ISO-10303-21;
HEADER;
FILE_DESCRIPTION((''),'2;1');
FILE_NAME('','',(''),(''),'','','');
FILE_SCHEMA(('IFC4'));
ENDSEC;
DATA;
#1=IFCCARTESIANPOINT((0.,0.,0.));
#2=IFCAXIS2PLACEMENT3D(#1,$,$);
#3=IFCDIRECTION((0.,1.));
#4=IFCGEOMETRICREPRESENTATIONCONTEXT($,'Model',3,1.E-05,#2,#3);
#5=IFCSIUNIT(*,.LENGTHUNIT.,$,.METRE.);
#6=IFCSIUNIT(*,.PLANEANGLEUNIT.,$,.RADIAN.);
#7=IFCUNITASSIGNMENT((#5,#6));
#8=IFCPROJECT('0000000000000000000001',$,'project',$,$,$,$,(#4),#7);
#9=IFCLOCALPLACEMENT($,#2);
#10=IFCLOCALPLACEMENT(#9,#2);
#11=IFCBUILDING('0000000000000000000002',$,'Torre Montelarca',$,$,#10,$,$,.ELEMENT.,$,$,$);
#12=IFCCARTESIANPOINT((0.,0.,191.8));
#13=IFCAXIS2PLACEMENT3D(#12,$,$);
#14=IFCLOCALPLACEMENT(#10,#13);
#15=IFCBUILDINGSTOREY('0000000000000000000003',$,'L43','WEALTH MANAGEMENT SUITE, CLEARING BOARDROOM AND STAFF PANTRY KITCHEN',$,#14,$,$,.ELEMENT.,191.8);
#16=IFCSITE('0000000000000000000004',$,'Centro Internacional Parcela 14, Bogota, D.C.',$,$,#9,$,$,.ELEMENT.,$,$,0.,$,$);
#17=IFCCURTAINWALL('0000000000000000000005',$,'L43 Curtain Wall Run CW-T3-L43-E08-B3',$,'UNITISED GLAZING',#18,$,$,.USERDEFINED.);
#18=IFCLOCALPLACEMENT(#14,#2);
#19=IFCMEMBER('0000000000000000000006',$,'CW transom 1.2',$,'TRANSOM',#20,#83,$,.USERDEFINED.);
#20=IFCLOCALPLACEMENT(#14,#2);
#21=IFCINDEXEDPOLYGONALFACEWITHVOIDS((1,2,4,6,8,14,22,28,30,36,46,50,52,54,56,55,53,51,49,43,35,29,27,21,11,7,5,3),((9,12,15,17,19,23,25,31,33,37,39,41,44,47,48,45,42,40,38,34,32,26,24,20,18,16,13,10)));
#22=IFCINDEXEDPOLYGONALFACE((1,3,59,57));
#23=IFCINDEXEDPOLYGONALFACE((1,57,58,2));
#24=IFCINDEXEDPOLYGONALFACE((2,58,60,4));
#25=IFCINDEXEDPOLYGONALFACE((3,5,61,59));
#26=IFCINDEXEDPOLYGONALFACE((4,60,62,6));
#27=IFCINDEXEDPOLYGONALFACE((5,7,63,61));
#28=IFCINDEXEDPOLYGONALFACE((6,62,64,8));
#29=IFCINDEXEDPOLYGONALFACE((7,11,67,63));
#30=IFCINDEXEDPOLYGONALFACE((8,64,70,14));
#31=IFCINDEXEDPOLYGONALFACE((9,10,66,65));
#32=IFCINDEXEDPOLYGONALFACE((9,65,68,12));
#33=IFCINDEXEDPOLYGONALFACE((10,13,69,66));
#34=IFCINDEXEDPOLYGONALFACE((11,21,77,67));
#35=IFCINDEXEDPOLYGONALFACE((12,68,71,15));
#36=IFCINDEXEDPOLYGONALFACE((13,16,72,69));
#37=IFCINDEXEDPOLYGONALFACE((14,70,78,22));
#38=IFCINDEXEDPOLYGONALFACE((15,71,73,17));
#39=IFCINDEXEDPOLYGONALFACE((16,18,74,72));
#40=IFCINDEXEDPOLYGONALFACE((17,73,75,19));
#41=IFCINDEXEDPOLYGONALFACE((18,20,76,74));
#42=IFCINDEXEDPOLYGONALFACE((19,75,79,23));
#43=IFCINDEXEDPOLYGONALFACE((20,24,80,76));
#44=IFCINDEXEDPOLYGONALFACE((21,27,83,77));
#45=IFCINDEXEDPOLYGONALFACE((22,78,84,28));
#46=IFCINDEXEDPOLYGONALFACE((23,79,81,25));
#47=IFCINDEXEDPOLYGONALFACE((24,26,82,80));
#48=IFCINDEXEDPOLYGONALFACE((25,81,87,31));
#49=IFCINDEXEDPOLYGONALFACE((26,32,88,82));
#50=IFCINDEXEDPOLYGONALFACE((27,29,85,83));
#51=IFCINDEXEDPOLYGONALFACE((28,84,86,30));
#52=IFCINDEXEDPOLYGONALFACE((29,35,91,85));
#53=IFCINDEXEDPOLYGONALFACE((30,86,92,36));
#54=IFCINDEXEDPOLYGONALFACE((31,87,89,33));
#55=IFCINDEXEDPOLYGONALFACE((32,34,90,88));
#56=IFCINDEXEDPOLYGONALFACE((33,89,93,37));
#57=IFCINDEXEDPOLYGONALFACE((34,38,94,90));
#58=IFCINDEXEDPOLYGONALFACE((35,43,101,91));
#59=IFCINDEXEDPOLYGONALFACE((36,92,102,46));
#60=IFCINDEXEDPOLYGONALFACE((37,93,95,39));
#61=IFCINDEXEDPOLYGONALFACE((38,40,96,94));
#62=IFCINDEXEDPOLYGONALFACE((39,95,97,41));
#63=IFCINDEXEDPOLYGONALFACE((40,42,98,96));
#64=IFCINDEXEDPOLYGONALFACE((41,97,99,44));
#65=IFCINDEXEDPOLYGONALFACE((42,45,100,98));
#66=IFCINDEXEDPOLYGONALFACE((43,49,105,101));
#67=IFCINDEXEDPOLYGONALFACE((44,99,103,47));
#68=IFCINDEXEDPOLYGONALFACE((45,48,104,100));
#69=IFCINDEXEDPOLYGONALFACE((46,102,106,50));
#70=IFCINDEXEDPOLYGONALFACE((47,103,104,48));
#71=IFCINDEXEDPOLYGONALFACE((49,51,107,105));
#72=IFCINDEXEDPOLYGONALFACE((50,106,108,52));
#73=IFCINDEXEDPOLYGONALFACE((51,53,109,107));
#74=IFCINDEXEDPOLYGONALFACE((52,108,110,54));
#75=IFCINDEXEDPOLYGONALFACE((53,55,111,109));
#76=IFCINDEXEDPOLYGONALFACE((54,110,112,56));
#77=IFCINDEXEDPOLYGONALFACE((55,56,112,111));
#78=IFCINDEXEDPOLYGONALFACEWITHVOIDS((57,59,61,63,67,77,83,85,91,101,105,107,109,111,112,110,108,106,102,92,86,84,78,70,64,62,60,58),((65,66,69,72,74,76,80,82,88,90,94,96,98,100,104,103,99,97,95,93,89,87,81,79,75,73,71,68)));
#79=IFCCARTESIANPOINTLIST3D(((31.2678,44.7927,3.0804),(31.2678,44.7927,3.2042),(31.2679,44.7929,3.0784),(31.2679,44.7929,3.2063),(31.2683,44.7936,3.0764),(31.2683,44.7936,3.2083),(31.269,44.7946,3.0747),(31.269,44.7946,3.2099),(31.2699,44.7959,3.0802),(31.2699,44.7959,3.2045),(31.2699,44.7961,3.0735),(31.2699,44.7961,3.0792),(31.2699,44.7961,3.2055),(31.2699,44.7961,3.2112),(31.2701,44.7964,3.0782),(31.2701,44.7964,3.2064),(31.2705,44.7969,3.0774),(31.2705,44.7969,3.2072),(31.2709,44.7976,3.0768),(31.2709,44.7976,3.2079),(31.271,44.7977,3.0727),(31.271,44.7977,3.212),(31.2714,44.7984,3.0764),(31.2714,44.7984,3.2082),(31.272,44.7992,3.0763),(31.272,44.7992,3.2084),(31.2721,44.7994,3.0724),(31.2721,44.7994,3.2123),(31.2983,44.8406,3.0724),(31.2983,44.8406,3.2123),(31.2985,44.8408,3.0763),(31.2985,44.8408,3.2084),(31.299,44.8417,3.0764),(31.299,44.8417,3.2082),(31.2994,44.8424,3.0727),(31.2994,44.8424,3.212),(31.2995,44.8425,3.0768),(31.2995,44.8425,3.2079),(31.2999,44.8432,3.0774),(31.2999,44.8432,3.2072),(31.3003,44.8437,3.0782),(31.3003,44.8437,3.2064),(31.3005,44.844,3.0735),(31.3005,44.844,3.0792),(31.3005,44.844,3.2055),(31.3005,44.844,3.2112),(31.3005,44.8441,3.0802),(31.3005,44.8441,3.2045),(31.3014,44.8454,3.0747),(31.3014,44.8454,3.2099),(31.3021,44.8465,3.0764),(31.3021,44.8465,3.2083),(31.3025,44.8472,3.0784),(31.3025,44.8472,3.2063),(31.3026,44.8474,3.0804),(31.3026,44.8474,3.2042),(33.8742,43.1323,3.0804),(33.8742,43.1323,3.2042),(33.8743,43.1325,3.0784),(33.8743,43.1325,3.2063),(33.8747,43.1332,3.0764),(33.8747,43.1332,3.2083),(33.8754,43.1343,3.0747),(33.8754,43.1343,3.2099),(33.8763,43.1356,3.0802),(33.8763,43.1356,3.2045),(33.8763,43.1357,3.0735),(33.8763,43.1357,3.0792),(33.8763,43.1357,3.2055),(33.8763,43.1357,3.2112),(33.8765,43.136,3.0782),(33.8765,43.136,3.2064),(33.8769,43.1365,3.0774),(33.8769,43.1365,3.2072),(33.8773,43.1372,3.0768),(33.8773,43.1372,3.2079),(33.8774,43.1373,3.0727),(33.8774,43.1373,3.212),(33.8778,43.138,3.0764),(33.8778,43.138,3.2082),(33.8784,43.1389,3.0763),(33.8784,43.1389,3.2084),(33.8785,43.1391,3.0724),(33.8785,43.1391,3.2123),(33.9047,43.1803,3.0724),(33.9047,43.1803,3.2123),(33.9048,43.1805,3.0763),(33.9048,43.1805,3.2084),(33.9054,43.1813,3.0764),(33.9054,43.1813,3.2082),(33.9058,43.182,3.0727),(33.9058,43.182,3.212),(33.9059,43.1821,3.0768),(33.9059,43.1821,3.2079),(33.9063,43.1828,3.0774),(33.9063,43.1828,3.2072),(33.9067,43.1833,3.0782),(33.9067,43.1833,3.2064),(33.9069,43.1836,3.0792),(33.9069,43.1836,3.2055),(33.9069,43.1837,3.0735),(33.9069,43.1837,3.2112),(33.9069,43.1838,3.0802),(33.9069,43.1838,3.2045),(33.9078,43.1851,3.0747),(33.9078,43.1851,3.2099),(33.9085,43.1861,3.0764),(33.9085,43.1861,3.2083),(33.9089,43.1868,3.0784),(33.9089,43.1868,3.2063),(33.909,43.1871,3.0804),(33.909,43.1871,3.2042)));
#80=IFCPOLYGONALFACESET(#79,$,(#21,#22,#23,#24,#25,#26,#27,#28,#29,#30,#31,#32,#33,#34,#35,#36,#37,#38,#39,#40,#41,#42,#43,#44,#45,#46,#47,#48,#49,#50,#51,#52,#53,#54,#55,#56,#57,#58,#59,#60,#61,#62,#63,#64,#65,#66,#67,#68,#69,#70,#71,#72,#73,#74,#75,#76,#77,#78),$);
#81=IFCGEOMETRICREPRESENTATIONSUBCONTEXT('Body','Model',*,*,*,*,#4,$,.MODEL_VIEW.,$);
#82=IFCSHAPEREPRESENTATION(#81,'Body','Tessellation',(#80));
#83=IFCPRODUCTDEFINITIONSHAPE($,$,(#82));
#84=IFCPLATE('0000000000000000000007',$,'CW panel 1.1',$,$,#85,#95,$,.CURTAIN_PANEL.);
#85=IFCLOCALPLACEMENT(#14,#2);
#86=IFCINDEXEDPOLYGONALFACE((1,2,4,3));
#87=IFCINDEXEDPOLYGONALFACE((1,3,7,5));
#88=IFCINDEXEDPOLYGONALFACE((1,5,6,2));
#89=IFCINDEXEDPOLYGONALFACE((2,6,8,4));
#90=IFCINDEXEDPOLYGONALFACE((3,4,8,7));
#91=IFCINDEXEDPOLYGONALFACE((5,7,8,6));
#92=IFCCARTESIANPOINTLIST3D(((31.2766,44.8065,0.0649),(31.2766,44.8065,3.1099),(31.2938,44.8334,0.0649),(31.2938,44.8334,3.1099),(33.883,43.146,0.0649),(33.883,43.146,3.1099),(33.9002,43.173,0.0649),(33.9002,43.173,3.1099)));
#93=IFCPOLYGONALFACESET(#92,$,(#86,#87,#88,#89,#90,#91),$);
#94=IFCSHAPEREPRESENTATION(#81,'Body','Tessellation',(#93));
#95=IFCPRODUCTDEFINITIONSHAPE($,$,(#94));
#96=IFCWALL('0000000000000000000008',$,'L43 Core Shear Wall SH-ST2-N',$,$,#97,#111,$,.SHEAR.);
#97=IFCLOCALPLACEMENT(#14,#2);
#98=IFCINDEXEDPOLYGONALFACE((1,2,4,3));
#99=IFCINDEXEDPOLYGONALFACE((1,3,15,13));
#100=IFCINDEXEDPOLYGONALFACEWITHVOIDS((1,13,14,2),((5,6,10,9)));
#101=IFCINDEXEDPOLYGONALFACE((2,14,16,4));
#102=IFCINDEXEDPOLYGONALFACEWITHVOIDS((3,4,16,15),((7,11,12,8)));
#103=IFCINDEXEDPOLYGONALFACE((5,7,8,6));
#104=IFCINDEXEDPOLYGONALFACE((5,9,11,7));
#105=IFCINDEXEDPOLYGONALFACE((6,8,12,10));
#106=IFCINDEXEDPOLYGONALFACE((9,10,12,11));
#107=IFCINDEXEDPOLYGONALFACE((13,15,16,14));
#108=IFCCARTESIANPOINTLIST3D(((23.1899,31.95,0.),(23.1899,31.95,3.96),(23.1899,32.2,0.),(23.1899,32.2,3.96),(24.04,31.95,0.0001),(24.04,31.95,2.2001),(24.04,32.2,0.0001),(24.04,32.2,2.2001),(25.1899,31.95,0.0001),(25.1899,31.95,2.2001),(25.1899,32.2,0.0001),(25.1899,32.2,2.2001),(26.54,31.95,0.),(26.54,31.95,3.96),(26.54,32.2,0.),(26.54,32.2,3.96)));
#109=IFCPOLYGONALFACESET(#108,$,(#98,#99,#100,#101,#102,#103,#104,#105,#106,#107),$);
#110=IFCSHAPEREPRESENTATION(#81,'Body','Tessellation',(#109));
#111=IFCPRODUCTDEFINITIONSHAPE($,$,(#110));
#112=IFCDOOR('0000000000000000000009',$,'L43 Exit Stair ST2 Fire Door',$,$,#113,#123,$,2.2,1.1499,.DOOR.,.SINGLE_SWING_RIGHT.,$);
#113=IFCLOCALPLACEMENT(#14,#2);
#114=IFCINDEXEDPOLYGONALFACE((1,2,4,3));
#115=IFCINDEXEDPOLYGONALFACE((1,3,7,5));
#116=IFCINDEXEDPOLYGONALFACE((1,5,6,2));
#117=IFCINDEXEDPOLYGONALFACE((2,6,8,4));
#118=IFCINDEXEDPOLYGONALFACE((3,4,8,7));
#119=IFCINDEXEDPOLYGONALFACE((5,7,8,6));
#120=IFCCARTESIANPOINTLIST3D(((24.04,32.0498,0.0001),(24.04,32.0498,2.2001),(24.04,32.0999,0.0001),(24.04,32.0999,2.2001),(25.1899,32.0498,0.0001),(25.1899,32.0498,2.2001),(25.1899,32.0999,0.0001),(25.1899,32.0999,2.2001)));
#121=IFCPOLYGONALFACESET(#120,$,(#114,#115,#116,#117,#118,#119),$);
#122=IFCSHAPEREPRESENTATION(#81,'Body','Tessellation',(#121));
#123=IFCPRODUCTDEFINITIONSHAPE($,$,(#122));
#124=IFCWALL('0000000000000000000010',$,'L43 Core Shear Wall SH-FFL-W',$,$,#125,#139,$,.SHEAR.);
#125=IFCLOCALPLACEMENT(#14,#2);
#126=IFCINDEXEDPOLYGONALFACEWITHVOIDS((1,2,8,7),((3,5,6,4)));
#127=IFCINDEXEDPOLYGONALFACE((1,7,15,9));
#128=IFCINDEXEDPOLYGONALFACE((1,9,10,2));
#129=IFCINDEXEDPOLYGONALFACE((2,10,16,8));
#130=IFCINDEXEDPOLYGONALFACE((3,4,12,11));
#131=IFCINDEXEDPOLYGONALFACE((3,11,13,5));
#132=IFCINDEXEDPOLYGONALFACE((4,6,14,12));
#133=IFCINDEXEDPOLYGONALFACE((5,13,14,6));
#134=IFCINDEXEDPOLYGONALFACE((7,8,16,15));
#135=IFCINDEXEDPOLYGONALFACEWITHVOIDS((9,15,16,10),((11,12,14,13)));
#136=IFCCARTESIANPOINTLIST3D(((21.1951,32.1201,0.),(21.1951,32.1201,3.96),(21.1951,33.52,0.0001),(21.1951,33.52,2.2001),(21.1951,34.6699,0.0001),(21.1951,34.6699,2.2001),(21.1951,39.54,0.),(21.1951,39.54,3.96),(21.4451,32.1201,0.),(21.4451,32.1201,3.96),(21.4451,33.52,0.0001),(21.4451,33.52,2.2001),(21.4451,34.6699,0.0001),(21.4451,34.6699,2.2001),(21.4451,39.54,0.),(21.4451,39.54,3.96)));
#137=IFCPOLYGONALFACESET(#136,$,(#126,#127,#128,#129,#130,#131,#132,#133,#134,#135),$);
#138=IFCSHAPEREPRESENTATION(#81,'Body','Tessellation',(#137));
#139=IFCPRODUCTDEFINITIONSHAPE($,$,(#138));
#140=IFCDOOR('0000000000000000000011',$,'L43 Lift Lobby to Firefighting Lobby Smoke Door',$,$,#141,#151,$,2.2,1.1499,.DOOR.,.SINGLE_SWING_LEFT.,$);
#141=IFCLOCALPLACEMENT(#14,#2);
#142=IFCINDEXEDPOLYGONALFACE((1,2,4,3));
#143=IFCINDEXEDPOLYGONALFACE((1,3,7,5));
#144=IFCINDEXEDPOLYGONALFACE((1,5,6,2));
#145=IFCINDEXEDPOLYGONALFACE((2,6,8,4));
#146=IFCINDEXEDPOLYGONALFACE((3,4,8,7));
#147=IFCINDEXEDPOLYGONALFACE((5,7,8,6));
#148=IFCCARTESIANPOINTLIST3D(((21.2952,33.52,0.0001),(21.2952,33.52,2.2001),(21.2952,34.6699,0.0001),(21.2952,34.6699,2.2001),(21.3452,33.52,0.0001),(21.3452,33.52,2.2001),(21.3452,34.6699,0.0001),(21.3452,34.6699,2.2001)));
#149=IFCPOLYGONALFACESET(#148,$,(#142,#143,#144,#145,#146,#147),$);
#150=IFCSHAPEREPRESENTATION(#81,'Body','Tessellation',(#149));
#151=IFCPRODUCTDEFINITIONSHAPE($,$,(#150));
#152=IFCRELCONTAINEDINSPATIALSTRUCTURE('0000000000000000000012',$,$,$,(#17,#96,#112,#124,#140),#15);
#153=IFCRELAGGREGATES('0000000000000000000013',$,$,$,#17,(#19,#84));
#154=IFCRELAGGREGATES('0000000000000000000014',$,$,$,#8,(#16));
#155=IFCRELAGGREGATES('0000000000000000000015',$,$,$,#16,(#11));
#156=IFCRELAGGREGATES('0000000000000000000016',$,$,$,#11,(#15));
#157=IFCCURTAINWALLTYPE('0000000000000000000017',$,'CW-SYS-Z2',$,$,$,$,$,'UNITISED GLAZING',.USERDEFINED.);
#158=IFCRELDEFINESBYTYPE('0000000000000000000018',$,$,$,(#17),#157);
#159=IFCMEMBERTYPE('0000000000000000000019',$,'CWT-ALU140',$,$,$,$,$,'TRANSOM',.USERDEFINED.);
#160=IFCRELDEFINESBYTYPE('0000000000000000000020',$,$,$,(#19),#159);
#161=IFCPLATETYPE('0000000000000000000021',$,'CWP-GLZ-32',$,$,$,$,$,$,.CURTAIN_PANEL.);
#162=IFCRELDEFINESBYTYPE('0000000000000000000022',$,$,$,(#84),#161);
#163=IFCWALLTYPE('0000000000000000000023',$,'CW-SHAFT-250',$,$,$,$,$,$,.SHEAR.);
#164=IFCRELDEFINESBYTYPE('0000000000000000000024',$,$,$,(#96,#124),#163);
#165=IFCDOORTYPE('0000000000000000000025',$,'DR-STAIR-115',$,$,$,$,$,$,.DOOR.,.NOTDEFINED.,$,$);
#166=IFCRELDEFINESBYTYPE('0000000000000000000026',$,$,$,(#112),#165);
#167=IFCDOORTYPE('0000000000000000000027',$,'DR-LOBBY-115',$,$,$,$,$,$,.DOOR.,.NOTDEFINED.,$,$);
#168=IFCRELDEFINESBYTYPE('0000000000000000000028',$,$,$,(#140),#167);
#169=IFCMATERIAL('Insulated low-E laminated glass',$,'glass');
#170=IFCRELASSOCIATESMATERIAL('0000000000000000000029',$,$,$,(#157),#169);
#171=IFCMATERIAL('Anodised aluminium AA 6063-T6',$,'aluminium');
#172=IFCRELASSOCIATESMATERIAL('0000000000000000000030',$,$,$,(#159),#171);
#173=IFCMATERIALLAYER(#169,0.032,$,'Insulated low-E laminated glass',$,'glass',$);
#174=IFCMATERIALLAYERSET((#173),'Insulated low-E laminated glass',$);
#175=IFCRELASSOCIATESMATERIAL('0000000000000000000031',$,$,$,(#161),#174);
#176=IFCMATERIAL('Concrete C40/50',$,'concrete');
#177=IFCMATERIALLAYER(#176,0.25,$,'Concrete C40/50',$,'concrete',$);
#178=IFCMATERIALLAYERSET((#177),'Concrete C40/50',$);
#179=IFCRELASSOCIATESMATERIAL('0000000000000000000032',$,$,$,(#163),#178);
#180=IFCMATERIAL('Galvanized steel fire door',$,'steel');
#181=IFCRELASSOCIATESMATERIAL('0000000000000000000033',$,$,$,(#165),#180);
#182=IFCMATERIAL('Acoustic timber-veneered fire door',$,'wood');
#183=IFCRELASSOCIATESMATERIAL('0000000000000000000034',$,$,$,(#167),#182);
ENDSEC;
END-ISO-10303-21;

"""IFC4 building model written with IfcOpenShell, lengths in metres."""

from ifc_helpers import new_model, si_unit, direction, frame, frame_2d, origin, origin_2d, place, context, subcontext, project, spatial, rectangle, hollow_rectangle, extrude, source, transform, mapped, material, layer, layer_set, material_profile, profile_set, type_object, element, fill, aggregate, save


model = new_model("IFC4")

# Units and contexts
model_context = context("Model", 3, precision=1e-05, world=origin(), true_north=direction((0.0, 1.0)))
body_context = subcontext(model_context, "Body", "Model", "MODEL_VIEW")
ifc_project = project(units=[si_unit("LENGTHUNIT", "METRE"), si_unit("PLANEANGLEUNIT", "RADIAN")], contexts=[model_context])

# Site, building, storey
site_placement = place(None, origin())
site = spatial("IfcSite", under=ifc_project, at=site_placement, Name="Centro Internacional Parcela 14, Bogota, D.C.", CompositionType="ELEMENT", RefElevation=0.0)
building_placement = place(site_placement, origin())
building = spatial("IfcBuilding", under=site, at=building_placement, Name="Torre Montelarca", CompositionType="ELEMENT")
storey_placement = place(building_placement, frame((0.0, 0.0, 191.8)))
storey = spatial("IfcBuildingStorey", under=building, at=storey_placement, Name="L43", Description="WEALTH MANAGEMENT SUITE, CLEARING BOARDROOM AND STAFF PANTRY KITCHEN", CompositionType="ELEMENT", Elevation=191.8)

# Curtain wall, member, plate
ifc_material_1 = material(Name="Insulated low-E laminated glass", Category="glass")
curtain_wall_type = type_object("IfcCurtainWallType", Name="CW-SYS-Z2", ElementType="UNITISED GLAZING", PredefinedType="USERDEFINED", material=ifc_material_1)
curtain_wall_placement = place(storey_placement, origin())
curtain_wall = element("IfcCurtainWall", 1, at=curtain_wall_placement, inside=storey, type_object=curtain_wall_type, Name="L43 Curtain Wall Run CW-T3-L43-E08-B3", ObjectType="UNITISED GLAZING", PredefinedType="USERDEFINED")
ifc_material_2 = material(Name="Anodised aluminium AA 6063-T6", Category="aluminium")
ifc_material_profile_1 = material_profile(ifc_material_2, hollow_rectangle(XDim=0.0649, YDim=0.1399, WallThickness=0.0039, InnerFilletRadius=0.0039, OuterFilletRadius=0.0081, at=origin_2d()), Name="ALU65X140X4", Category="aluminium")
ifc_profile_set_1 = profile_set([ifc_material_profile_1], Name="Anodised aluminium AA 6063-T6")
member_type_1 = type_object("IfcMemberType", Name="CWT-ALU140", ElementType="TRANSOM", PredefinedType="USERDEFINED", material=ifc_profile_set_1)
shared_shape_1 = source(origin(), body_context, "Body", "SweptSolid", [
    extrude(hollow_rectangle(XDim=0.0649, YDim=0.1399, WallThickness=0.0039, InnerFilletRadius=0.0039, OuterFilletRadius=0.0081, at=origin_2d()), origin(), (0.0, 0.0, 1.0), 3.0903),
])
member_1_placement = place(storey_placement, frame((33.8916, 43.1597, 3.1423), z_axis=(-0.843404, 0.537279, 0.0), x_axis=(-0.537279, -0.843404, 0.0)))
member_1 = element("IfcMember", 2, at=member_1_placement, type_object=member_type_1, Name="CW transom 1.2", ObjectType="TRANSOM", PredefinedType="USERDEFINED", context=body_context, shape_type="MappedRepresentation", body=[
    mapped(shared_shape_1, transform((0.0, 0.0, 0.0), scale=1.0)),
])
ifc_layer_1 = layer(ifc_material_1, 0.032, Name="Insulated low-E laminated glass", Category="glass")
ifc_layer_set_1 = layer_set([ifc_layer_1], Name="Insulated low-E laminated glass")
plate_type = type_object("IfcPlateType", Name="CWP-GLZ-32", PredefinedType="CURTAIN_PANEL", material=ifc_layer_set_1)
shared_shape_2 = source(origin(), body_context, "Body", "SweptSolid", [
    extrude(rectangle(XDim=3.0903, YDim=0.032, at=origin_2d()), origin(), (0.0, 0.0, 1.0), 3.0449),
])
plate_placement = place(storey_placement, frame((32.5884, 43.9897, 0.0649), z_axis=(0.0, 0.0, 1.0), x_axis=(-0.843393, 0.537298, 0.0)))
plate = element("IfcPlate", 3, at=plate_placement, type_object=plate_type, Name="CW panel 1.1", PredefinedType="CURTAIN_PANEL", context=body_context, shape_type="MappedRepresentation", body=[
    mapped(shared_shape_2, transform((0.0, 0.0, 0.0), scale=1.0)),
])
aggregate(curtain_wall, [member_1, plate])

# Walls, openings, doors
ifc_material_3 = material(Name="Concrete C40/50", Category="concrete")
ifc_layer_2 = layer(ifc_material_3, 0.25, Name="Concrete C40/50", Category="concrete")
ifc_layer_set_2 = layer_set([ifc_layer_2], Name="Concrete C40/50")
wall_type_1 = type_object("IfcWallType", Name="CW-SHAFT-250", PredefinedType="SHEAR", material=ifc_layer_set_2)
wall_1_placement = place(storey_placement, frame((23.1899, 32.075, 0.0), z_axis=(0.0, 0.0, 1.0), x_axis=(1.0, 0.0, 0.0)))
wall_1 = element("IfcWall", 4, at=wall_1_placement, inside=storey, type_object=wall_type_1, Name="L43 Core Shear Wall SH-ST2-N", PredefinedType="SHEAR", context=body_context, shape_type="SweptSolid", body=[
    extrude(rectangle(XDim=3.3501, YDim=0.25, at=frame_2d((1.675, 0.0))), origin(), (0.0, 0.0, 1.0), 3.96),
])
opening_1_placement = place(wall_1_placement, frame((0.8501, 0.0, 0.0)))
opening_1 = element("IfcOpeningElement", 5, at=opening_1_placement, cuts=wall_1, PredefinedType="OPENING", context=body_context, shape_type="SweptSolid", body=[
    extrude(rectangle(XDim=1.1499, YDim=2.2, at=frame_2d((0.575, 1.1001))), frame((0.0, 0.135, 0.0), z_axis=(0.0, -1.0, 0.0), x_axis=(1.0, 0.0, 0.0)), (0.0, 0.0, 1.0), 0.27),
])
ifc_material_4 = material(Name="Galvanized steel fire door", Category="steel")
door_type_1 = type_object("IfcDoorType", Name="DR-STAIR-115", OperationType="NOTDEFINED", PredefinedType="DOOR", material=ifc_material_4)
shared_shape_3 = source(origin(), body_context, "Body", "SweptSolid", [
    extrude(rectangle(XDim=1.1499, YDim=2.2, at=frame_2d((0.575, 1.1001))), frame((0.0, 0.0249, 0.0), z_axis=(0.0, -1.0, 0.0), x_axis=(1.0, 0.0, 0.0)), (0.0, 0.0, 1.0), 0.05),
])
door_1_placement = place(opening_1_placement, origin())
door_1 = element("IfcDoor", 6, at=door_1_placement, inside=storey, type_object=door_type_1, Name="L43 Exit Stair ST2 Fire Door", OperationType="SINGLE_SWING_RIGHT", OverallHeight=2.2, OverallWidth=1.1499, PredefinedType="DOOR", context=body_context, shape_type="MappedRepresentation", body=[
    mapped(shared_shape_3, transform((0.0, 0.0, 0.0), scale=1.0)),
])
fill(opening_1, door_1)
wall_2_placement = place(storey_placement, frame((21.3201, 32.1201, 0.0), z_axis=(0.0, 0.0, 1.0), x_axis=(0.0, 1.0, 0.0)))
wall_2 = element("IfcWall", 7, at=wall_2_placement, inside=storey, type_object=wall_type_1, Name="L43 Core Shear Wall SH-FFL-W", PredefinedType="SHEAR", context=body_context, shape_type="SweptSolid", body=[
    extrude(rectangle(XDim=7.4199, YDim=0.25, at=frame_2d((3.71, 0.0))), origin(), (0.0, 0.0, 1.0), 3.96),
])
opening_2_placement = place(wall_2_placement, frame((1.3999, 0.0, 0.0)))
opening_2 = element("IfcOpeningElement", 8, at=opening_2_placement, cuts=wall_2, PredefinedType="OPENING", context=body_context, shape_type="SweptSolid", body=[
    extrude(rectangle(XDim=1.1499, YDim=2.2, at=frame_2d((0.575, 1.1001))), frame((0.0, 0.135, 0.0), z_axis=(0.0, -1.0, 0.0), x_axis=(1.0, 0.0, 0.0)), (0.0, 0.0, 1.0), 0.27),
])
ifc_material_5 = material(Name="Acoustic timber-veneered fire door", Category="wood")
door_type_2 = type_object("IfcDoorType", Name="DR-LOBBY-115", OperationType="NOTDEFINED", PredefinedType="DOOR", material=ifc_material_5)
shared_shape_4 = source(origin(), body_context, "Body", "SweptSolid", [
    extrude(rectangle(XDim=1.1499, YDim=2.2, at=frame_2d((0.575, 1.1001))), frame((0.0, 0.0249, 0.0), z_axis=(0.0, -1.0, 0.0), x_axis=(1.0, 0.0, 0.0)), (0.0, 0.0, 1.0), 0.05),
])
door_2_placement = place(opening_2_placement, origin())
door_2 = element("IfcDoor", 9, at=door_2_placement, inside=storey, type_object=door_type_2, Name="L43 Lift Lobby to Firefighting Lobby Smoke Door", OperationType="SINGLE_SWING_LEFT", OverallHeight=2.2, OverallWidth=1.1499, PredefinedType="DOOR", context=body_context, shape_type="MappedRepresentation", body=[
    mapped(shared_shape_4, transform((0.0, 0.0, 0.0), scale=1.0)),
])
fill(opening_2, door_2)

save(model, "model.ifc")
